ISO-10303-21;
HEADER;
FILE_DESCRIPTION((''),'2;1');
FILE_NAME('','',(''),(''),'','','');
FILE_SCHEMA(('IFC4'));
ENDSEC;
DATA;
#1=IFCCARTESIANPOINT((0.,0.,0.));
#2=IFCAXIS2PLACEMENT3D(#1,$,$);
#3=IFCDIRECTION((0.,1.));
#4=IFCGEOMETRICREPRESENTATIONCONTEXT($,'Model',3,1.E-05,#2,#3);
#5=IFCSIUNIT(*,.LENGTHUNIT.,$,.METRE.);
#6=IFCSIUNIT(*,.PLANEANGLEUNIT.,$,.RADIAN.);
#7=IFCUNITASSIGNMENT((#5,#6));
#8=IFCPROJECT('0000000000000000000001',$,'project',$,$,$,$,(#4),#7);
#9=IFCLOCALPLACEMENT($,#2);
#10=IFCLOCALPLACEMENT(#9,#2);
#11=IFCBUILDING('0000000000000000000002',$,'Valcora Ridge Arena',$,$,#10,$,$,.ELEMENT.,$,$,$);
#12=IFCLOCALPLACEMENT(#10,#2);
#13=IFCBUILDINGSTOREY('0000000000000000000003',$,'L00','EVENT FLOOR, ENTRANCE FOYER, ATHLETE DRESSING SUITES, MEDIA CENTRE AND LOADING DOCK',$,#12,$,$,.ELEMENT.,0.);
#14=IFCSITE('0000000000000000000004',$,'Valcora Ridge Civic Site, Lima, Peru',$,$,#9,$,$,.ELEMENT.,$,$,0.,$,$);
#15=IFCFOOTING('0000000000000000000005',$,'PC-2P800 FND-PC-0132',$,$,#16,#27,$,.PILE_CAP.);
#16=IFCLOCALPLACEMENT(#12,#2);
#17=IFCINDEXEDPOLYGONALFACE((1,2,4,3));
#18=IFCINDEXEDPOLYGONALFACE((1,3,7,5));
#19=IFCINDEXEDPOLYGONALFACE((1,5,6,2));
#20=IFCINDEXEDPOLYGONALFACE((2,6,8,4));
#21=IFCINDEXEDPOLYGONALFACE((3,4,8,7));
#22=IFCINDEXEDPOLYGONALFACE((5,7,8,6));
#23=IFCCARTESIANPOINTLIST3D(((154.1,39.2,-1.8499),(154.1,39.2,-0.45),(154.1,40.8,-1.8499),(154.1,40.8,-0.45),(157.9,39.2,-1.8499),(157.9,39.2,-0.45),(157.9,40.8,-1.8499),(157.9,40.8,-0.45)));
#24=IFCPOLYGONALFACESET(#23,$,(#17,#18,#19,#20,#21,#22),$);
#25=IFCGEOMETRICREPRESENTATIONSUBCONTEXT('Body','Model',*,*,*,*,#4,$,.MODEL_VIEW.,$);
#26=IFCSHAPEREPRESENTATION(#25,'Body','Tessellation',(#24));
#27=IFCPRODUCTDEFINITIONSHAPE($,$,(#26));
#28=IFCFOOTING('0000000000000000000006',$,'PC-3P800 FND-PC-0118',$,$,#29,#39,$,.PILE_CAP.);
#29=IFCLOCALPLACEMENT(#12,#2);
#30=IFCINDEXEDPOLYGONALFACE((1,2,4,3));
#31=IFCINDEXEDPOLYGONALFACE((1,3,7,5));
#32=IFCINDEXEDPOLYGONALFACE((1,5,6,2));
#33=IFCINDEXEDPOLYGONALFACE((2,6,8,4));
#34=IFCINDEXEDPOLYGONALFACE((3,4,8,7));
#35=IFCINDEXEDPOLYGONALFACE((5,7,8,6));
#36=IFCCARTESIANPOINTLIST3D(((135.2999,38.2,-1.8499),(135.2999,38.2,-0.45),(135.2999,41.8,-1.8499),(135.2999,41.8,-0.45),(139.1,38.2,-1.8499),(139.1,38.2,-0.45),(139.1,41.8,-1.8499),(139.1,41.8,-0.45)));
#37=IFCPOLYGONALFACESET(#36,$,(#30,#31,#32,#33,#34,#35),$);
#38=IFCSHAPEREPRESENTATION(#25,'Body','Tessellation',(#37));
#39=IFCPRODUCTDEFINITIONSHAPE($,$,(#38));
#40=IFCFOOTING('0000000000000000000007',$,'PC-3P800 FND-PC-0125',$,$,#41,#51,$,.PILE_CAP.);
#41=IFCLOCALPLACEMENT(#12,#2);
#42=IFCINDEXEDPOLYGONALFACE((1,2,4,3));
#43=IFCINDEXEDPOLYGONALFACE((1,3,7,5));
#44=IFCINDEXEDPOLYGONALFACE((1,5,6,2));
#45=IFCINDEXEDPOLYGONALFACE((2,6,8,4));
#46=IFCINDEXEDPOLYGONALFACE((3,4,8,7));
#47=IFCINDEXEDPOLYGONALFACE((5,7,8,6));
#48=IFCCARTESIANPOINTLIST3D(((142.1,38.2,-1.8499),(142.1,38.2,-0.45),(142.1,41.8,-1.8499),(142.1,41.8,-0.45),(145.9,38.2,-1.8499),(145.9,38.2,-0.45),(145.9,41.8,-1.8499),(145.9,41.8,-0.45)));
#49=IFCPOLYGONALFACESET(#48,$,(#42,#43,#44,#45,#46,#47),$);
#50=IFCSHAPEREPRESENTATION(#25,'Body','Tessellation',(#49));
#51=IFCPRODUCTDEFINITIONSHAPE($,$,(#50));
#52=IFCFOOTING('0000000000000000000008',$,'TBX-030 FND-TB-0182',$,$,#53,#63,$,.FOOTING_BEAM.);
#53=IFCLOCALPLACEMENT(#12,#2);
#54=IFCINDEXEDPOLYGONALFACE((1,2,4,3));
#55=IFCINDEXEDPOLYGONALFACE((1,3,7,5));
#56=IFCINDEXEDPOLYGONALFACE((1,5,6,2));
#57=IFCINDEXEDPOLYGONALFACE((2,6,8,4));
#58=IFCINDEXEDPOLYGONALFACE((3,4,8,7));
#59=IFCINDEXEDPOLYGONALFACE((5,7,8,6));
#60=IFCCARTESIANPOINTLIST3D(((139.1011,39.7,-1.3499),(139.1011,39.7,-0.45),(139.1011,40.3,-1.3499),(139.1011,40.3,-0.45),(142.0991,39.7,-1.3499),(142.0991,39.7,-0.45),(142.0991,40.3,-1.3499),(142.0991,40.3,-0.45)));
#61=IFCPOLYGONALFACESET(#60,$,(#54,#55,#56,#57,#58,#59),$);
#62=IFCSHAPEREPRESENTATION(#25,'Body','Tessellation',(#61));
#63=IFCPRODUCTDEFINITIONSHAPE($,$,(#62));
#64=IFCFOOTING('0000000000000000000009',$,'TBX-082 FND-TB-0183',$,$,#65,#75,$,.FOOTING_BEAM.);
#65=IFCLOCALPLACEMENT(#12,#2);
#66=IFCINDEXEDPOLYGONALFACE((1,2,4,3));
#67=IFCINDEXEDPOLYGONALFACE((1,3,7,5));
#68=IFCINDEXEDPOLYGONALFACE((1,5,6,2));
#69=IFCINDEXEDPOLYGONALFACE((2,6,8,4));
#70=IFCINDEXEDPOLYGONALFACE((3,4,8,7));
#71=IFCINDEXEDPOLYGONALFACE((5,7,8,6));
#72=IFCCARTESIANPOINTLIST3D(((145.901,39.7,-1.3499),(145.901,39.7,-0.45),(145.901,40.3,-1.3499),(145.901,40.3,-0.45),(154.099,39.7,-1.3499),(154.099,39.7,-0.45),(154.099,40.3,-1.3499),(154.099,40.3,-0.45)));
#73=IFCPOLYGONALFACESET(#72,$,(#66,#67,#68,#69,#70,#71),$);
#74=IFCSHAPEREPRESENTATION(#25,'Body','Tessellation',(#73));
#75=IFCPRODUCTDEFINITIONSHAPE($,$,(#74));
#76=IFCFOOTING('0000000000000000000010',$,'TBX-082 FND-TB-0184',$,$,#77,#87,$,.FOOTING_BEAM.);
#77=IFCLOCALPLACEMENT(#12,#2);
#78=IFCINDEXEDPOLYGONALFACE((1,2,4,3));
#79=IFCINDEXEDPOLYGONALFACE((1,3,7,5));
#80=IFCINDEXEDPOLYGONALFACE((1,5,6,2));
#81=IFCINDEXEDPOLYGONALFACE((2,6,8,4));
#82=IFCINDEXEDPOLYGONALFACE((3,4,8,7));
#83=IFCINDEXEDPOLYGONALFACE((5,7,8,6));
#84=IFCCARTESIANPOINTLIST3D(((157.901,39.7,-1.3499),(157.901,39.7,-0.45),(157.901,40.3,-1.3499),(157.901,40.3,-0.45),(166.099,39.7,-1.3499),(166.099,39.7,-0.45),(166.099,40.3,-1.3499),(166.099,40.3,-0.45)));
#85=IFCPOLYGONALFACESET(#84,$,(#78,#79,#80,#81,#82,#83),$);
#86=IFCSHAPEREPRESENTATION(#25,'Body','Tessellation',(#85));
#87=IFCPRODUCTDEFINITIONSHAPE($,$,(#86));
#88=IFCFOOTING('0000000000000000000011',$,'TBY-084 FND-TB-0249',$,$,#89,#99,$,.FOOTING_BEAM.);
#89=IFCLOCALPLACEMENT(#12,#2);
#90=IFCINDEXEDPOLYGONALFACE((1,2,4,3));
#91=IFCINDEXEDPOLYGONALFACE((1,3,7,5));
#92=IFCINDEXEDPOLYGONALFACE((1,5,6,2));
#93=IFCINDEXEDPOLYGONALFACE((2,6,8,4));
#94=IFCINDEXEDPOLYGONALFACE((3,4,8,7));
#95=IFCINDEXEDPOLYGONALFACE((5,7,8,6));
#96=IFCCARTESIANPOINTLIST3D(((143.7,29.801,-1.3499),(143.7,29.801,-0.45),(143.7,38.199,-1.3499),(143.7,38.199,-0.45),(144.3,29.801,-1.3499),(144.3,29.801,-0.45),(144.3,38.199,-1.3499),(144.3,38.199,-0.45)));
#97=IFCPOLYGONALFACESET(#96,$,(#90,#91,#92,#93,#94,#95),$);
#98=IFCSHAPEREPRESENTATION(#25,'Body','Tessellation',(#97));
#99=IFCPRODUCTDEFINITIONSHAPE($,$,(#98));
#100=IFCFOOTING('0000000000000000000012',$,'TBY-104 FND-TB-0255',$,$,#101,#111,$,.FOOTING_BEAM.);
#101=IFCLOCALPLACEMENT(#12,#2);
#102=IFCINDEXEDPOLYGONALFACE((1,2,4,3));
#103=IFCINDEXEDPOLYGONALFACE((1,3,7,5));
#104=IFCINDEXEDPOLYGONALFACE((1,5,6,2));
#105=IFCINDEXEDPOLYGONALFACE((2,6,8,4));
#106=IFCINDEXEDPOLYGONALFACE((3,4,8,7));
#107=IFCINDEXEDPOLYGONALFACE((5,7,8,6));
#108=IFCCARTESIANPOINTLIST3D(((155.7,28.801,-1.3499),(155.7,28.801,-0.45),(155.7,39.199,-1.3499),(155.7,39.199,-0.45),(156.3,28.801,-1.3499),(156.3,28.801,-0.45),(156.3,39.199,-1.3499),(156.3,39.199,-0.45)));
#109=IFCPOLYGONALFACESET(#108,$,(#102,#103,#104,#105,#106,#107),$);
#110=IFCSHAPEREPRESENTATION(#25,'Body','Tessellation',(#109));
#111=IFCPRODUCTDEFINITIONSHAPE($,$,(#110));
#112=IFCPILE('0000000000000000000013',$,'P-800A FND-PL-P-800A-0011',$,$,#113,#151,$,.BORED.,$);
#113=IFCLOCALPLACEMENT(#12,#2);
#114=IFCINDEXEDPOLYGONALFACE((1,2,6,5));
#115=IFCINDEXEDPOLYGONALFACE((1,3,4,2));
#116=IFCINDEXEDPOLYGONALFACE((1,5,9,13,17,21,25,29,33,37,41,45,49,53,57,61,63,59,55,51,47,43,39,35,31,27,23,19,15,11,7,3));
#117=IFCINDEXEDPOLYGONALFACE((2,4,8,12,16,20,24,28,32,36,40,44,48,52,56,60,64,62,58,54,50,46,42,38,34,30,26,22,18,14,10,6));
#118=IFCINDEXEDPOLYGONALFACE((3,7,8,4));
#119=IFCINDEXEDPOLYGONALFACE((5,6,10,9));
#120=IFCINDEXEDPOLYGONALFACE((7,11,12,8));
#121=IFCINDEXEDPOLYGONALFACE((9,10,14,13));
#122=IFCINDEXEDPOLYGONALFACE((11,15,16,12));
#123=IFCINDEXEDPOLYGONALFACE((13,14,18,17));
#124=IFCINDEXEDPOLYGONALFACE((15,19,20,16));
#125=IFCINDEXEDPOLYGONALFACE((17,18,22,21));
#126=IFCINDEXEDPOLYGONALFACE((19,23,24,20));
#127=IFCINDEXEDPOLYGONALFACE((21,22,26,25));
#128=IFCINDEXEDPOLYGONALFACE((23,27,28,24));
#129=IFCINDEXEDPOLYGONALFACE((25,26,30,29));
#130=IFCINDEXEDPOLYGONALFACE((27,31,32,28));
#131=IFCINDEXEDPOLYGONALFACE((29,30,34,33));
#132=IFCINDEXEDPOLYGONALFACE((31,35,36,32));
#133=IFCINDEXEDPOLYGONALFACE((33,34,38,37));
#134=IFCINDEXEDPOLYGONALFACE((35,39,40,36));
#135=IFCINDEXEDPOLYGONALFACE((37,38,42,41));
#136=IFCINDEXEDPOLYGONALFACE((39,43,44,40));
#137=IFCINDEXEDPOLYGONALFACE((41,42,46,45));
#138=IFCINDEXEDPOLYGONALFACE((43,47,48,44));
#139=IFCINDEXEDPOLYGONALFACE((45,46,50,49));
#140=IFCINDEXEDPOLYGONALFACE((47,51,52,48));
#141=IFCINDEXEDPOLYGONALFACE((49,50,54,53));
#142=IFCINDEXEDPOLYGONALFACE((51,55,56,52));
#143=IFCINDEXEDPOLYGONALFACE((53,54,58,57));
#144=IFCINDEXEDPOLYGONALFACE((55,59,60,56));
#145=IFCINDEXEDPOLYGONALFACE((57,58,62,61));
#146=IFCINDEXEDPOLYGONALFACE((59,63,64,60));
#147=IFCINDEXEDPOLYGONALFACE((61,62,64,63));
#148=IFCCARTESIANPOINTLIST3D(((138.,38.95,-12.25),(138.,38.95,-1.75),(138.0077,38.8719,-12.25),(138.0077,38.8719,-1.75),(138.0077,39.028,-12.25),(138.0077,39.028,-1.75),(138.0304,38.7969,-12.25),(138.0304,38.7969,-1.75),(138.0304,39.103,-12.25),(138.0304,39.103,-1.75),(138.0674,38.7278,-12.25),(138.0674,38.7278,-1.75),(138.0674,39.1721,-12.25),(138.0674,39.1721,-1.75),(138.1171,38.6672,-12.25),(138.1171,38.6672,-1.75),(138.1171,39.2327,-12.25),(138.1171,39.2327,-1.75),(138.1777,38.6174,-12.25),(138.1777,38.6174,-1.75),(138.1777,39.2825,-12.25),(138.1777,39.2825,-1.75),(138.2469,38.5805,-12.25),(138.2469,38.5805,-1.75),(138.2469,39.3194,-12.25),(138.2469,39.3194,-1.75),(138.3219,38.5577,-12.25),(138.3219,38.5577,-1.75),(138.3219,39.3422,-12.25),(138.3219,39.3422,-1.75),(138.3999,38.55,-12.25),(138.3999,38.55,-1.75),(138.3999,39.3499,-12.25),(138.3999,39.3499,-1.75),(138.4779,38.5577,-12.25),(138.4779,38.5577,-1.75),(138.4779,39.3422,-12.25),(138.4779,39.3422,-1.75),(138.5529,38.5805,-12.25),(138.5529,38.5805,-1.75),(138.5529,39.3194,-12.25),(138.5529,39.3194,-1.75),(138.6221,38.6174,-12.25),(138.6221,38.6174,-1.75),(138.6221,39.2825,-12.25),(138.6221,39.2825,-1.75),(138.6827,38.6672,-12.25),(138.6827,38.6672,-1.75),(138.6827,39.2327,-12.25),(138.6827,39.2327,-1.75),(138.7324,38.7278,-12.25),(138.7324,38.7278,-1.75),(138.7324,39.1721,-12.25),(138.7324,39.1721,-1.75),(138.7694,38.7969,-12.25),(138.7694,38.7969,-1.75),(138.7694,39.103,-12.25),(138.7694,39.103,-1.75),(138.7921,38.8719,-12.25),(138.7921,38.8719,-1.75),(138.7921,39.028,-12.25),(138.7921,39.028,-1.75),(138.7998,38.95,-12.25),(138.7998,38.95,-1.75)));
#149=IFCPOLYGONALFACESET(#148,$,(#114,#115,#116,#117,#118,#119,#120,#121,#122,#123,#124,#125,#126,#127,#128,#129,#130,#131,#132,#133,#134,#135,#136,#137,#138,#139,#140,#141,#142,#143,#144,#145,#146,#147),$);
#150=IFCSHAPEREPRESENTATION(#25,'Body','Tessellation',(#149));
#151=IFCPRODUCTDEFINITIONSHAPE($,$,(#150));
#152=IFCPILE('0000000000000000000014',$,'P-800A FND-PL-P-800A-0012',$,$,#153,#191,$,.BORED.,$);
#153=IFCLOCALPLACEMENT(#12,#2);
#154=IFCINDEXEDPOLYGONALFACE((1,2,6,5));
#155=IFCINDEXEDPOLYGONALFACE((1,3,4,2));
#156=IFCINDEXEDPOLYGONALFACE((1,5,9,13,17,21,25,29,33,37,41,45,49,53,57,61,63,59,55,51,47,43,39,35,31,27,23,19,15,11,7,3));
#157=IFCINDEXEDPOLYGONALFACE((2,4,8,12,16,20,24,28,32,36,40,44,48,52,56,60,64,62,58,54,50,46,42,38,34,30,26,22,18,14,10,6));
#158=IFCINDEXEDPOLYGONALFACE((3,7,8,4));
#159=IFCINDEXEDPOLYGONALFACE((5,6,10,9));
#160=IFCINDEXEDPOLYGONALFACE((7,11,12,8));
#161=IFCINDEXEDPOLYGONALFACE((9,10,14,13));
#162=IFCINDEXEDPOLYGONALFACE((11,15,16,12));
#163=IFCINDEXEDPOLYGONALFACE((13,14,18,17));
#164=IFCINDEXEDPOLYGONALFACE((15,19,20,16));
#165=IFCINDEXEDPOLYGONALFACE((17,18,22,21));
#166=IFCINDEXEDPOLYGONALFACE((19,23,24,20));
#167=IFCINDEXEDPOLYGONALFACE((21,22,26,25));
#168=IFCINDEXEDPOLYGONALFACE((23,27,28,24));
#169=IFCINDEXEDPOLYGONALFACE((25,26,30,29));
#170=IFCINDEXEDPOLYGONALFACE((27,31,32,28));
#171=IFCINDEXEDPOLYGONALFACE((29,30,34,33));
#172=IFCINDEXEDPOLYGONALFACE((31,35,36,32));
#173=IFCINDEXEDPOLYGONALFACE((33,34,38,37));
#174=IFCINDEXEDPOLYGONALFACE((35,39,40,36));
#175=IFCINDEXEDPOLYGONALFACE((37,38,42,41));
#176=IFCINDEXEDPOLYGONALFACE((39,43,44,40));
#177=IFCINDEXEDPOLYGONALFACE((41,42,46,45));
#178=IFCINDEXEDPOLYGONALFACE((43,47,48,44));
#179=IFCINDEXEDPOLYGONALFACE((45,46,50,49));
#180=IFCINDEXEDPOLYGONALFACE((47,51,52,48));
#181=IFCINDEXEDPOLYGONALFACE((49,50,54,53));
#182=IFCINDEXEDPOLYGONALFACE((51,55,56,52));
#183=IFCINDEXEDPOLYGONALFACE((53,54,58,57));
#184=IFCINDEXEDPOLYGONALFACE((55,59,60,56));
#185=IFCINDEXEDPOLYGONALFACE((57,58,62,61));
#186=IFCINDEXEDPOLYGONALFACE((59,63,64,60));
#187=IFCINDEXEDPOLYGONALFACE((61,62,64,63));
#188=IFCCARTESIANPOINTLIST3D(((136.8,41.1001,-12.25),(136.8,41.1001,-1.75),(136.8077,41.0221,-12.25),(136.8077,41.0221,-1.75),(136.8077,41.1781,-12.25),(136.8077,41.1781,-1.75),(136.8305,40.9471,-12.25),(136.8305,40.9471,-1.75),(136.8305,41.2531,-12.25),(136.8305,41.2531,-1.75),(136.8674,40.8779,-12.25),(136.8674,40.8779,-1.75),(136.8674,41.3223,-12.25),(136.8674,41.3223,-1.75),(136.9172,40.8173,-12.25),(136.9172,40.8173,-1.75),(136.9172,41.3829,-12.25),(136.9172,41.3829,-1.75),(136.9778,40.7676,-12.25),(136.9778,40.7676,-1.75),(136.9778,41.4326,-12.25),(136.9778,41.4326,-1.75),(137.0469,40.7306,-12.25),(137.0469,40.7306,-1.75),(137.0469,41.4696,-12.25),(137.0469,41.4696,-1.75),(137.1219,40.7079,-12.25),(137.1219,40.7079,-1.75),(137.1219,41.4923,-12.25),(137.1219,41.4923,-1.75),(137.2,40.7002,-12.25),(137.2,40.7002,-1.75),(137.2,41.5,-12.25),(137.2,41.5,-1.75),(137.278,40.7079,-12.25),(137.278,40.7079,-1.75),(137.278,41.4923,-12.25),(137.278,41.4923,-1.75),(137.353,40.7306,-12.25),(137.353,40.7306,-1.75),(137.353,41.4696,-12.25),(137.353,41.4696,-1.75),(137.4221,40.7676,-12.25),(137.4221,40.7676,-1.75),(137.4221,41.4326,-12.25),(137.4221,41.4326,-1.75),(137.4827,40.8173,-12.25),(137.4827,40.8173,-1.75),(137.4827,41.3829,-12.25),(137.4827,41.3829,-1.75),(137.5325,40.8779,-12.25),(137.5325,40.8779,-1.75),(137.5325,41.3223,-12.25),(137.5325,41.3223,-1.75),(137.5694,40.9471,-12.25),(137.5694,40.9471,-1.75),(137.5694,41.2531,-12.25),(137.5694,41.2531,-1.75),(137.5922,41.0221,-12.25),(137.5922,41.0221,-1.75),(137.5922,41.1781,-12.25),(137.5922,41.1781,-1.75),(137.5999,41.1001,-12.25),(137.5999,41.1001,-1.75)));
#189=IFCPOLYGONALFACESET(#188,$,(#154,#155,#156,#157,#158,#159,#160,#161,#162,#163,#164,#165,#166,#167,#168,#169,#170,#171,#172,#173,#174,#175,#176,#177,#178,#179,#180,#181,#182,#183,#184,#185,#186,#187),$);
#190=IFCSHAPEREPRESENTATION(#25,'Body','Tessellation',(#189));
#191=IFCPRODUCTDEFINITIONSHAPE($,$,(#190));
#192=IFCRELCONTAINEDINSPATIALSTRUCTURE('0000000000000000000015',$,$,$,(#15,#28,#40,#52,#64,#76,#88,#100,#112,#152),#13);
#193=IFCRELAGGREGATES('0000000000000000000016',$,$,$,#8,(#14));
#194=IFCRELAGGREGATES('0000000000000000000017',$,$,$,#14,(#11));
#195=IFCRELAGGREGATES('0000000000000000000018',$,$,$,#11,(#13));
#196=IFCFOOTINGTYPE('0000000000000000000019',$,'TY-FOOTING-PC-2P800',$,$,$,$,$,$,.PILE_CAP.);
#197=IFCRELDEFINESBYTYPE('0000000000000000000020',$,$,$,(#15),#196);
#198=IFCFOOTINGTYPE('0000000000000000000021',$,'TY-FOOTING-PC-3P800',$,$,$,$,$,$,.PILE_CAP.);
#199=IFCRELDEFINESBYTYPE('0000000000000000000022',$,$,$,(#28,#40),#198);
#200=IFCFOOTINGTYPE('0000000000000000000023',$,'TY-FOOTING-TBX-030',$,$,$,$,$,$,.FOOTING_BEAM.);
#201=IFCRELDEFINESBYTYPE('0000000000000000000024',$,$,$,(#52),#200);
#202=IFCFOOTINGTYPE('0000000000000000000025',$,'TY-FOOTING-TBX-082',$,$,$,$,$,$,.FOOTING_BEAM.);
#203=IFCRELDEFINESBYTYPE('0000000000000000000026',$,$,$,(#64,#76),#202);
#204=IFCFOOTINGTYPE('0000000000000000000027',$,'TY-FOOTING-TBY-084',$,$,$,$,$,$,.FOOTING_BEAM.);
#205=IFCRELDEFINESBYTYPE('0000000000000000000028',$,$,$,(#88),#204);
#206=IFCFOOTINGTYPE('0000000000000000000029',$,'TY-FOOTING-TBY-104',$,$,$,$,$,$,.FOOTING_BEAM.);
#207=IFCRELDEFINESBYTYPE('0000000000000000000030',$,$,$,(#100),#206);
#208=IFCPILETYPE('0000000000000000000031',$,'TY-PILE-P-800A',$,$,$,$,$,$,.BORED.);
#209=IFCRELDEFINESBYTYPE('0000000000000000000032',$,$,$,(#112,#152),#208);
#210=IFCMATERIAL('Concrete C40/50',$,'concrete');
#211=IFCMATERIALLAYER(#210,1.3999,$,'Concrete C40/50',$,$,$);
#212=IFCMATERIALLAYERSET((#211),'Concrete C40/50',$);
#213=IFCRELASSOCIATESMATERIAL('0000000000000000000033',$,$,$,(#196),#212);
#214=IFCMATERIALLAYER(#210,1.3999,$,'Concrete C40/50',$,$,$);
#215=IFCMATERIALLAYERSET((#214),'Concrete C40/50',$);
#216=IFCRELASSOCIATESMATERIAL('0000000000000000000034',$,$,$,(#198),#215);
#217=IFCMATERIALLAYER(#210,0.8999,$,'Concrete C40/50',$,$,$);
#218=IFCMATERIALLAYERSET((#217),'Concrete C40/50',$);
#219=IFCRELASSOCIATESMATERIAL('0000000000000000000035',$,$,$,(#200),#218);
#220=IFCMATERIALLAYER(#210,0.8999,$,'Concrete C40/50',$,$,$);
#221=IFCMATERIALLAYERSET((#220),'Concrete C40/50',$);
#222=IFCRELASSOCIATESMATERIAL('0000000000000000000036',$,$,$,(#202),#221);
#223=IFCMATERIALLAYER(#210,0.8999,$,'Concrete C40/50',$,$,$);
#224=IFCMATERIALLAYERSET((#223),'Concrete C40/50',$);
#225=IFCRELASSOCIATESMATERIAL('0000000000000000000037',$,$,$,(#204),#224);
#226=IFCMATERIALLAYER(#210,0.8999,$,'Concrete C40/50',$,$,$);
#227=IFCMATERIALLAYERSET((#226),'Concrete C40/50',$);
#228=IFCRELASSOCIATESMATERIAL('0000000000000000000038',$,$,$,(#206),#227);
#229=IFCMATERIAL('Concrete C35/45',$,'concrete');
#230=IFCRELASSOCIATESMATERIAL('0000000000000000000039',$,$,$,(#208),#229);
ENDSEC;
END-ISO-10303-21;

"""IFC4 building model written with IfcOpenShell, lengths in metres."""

from ifc_helpers import new_model, si_unit, direction, frame, origin, origin_2d, place, context, subcontext, project, spatial, rectangle, circle, extrude, material, layer, layer_set, material_profile, profile_set, type_object, element, save


model = new_model("IFC4")

# Units and contexts
model_context = context("Model", 3, precision=1e-05, world=origin(), true_north=direction((0.0, 1.0)))
body_context = subcontext(model_context, "Body", "Model", "MODEL_VIEW")
ifc_project = project(units=[si_unit("LENGTHUNIT", "METRE"), si_unit("PLANEANGLEUNIT", "RADIAN")], contexts=[model_context])

# Site, building, storey
site_placement = place(None, origin())
site = spatial("IfcSite", under=ifc_project, at=site_placement, Name="Valcora Ridge Civic Site, Lima, Peru", CompositionType="ELEMENT", RefElevation=0.0)
building_placement = place(site_placement, origin())
building = spatial("IfcBuilding", under=site, at=building_placement, Name="Valcora Ridge Arena", CompositionType="ELEMENT")
storey_placement = place(building_placement, origin())
storey = spatial("IfcBuildingStorey", under=building, at=storey_placement, Name="L00", Description="EVENT FLOOR, ENTRANCE FOYER, ATHLETE DRESSING SUITES, MEDIA CENTRE AND LOADING DOCK", CompositionType="ELEMENT", Elevation=0.0)

# Footings
ifc_material_1 = material(Name="Concrete C40/50", Category="concrete")
ifc_layer_1 = layer(ifc_material_1, 1.3999, Name="Concrete C40/50")
ifc_layer_set_1 = layer_set([ifc_layer_1], Name="Concrete C40/50")
footing_type_1 = type_object("IfcFootingType", Name="TY-FOOTING-PC-2P800", PredefinedType="PILE_CAP", material=ifc_layer_set_1)
footing_1_placement = place(storey_placement, frame((156.0, 40.0, -1.8499), z_axis=(0.0, 0.0, 1.0), x_axis=(1.0, 0.0, 0.0)))
element("IfcFooting", 1, at=footing_1_placement, inside=storey, type_object=footing_type_1, Name="PC-2P800 FND-PC-0132", PredefinedType="PILE_CAP", context=body_context, shape_type="SweptSolid", body=[
    extrude(rectangle(XDim=3.8, YDim=1.6001, at=origin_2d()), origin(), (0.0, 0.0, 1.0), 1.3999),
])
ifc_layer_2 = layer(ifc_material_1, 1.3999, Name="Concrete C40/50")
ifc_layer_set_2 = layer_set([ifc_layer_2], Name="Concrete C40/50")
footing_type_2 = type_object("IfcFootingType", Name="TY-FOOTING-PC-3P800", PredefinedType="PILE_CAP", material=ifc_layer_set_2)
for number, where, z_axis, x_axis, name in (
    (2, (137.2, 40.0, -1.8499), (0.0, 0.0, 1.0), (1.0, 0.0, 0.0), "PC-3P800 FND-PC-0118"),
    (3, (144.0, 40.0, -1.8499), (0.0, 0.0, 1.0), (1.0, 0.0, 0.0), "PC-3P800 FND-PC-0125"),
):
    element("IfcFooting", number, at=place(storey_placement, frame(where, z_axis=z_axis, x_axis=x_axis)), inside=storey, type_object=footing_type_2, Name=name, PredefinedType="PILE_CAP", context=body_context, shape_type="SweptSolid", body=[
        extrude(rectangle(XDim=3.8, YDim=3.6001, at=origin_2d()), origin(), (0.0, 0.0, 1.0), 1.3999),
    ])
ifc_layer_3 = layer(ifc_material_1, 0.8999, Name="Concrete C40/50")
ifc_layer_set_3 = layer_set([ifc_layer_3], Name="Concrete C40/50")
footing_type_3 = type_object("IfcFootingType", Name="TY-FOOTING-TBX-030", PredefinedType="FOOTING_BEAM", material=ifc_layer_set_3)
footing_2_placement = place(storey_placement, frame((140.6001, 40.0, -1.3499), z_axis=(0.0, 0.0, 1.0), x_axis=(1.0, 0.0, 0.0)))
element("IfcFooting", 4, at=footing_2_placement, inside=storey, type_object=footing_type_3, Name="TBX-030 FND-TB-0182", PredefinedType="FOOTING_BEAM", context=body_context, shape_type="SweptSolid", body=[
    extrude(rectangle(XDim=2.998, YDim=0.6001, at=origin_2d()), origin(), (0.0, 0.0, 1.0), 0.8999),
])
ifc_layer_4 = layer(ifc_material_1, 0.8999, Name="Concrete C40/50")
ifc_layer_set_4 = layer_set([ifc_layer_4], Name="Concrete C40/50")
footing_type_4 = type_object("IfcFootingType", Name="TY-FOOTING-TBX-082", PredefinedType="FOOTING_BEAM", material=ifc_layer_set_4)
for number, where, z_axis, x_axis, name in (
    (5, (150.0, 40.0, -1.3499), (0.0, 0.0, 1.0), (1.0, 0.0, 0.0), "TBX-082 FND-TB-0183"),
    (6, (162.0, 40.0, -1.3499), (0.0, 0.0, 1.0), (1.0, 0.0, 0.0), "TBX-082 FND-TB-0184"),
):
    element("IfcFooting", number, at=place(storey_placement, frame(where, z_axis=z_axis, x_axis=x_axis)), inside=storey, type_object=footing_type_4, Name=name, PredefinedType="FOOTING_BEAM", context=body_context, shape_type="SweptSolid", body=[
        extrude(rectangle(XDim=8.198, YDim=0.6001, at=origin_2d()), origin(), (0.0, 0.0, 1.0), 0.8999),
    ])
ifc_layer_5 = layer(ifc_material_1, 0.8999, Name="Concrete C40/50")
ifc_layer_set_5 = layer_set([ifc_layer_5], Name="Concrete C40/50")
footing_type_5 = type_object("IfcFootingType", Name="TY-FOOTING-TBY-084", PredefinedType="FOOTING_BEAM", material=ifc_layer_set_5)
footing_3_placement = place(storey_placement, frame((144.0, 34.0, -1.3499), z_axis=(0.0, 0.0, 1.0), x_axis=(1.0, 0.0, 0.0)))
element("IfcFooting", 7, at=footing_3_placement, inside=storey, type_object=footing_type_5, Name="TBY-084 FND-TB-0249", PredefinedType="FOOTING_BEAM", context=body_context, shape_type="SweptSolid", body=[
    extrude(rectangle(XDim=0.6001, YDim=8.3979, at=origin_2d()), origin(), (0.0, 0.0, 1.0), 0.8999),
])
ifc_layer_6 = layer(ifc_material_1, 0.8999, Name="Concrete C40/50")
ifc_layer_set_6 = layer_set([ifc_layer_6], Name="Concrete C40/50")
footing_type_6 = type_object("IfcFootingType", Name="TY-FOOTING-TBY-104", PredefinedType="FOOTING_BEAM", material=ifc_layer_set_6)
footing_4_placement = place(storey_placement, frame((156.0, 34.0, -1.3499), z_axis=(0.0, 0.0, 1.0), x_axis=(1.0, 0.0, 0.0)))
element("IfcFooting", 8, at=footing_4_placement, inside=storey, type_object=footing_type_6, Name="TBY-104 FND-TB-0255", PredefinedType="FOOTING_BEAM", context=body_context, shape_type="SweptSolid", body=[
    extrude(rectangle(XDim=0.6001, YDim=10.3979, at=origin_2d()), origin(), (0.0, 0.0, 1.0), 0.8999),
])

# Piles
ifc_material_2 = material(Name="Concrete C35/45", Category="concrete")
ifc_material_profile_1 = material_profile(ifc_material_2, circle(Radius=0.3999, at=origin_2d()), Name="BORED PILE D800")
ifc_profile_set_1 = profile_set([ifc_material_profile_1], Name="Concrete C35/45")
pile_type_1 = type_object("IfcPileType", Name="TY-PILE-P-800A", PredefinedType="BORED", material=ifc_profile_set_1)
for number, where, z_axis, x_axis, name in (
    (9, (138.3999, 38.95, -1.75), (0.0, 0.0, -1.0), (1.0, 0.0, 0.0), "P-800A FND-PL-P-800A-0011"),
    (10, (137.2, 41.1001, -1.75), (0.0, 0.0, -1.0), (1.0, 0.0, 0.0), "P-800A FND-PL-P-800A-0012"),
):
    element("IfcPile", number, at=place(storey_placement, frame(where, z_axis=z_axis, x_axis=x_axis)), inside=storey, type_object=pile_type_1, Name=name, PredefinedType="BORED", context=body_context, shape_type="SweptSolid", body=[
        extrude(circle(Radius=0.3999, at=origin_2d()), origin(), (0.0, 0.0, 1.0), 10.5),
    ])

save(model, "model.ifc")
